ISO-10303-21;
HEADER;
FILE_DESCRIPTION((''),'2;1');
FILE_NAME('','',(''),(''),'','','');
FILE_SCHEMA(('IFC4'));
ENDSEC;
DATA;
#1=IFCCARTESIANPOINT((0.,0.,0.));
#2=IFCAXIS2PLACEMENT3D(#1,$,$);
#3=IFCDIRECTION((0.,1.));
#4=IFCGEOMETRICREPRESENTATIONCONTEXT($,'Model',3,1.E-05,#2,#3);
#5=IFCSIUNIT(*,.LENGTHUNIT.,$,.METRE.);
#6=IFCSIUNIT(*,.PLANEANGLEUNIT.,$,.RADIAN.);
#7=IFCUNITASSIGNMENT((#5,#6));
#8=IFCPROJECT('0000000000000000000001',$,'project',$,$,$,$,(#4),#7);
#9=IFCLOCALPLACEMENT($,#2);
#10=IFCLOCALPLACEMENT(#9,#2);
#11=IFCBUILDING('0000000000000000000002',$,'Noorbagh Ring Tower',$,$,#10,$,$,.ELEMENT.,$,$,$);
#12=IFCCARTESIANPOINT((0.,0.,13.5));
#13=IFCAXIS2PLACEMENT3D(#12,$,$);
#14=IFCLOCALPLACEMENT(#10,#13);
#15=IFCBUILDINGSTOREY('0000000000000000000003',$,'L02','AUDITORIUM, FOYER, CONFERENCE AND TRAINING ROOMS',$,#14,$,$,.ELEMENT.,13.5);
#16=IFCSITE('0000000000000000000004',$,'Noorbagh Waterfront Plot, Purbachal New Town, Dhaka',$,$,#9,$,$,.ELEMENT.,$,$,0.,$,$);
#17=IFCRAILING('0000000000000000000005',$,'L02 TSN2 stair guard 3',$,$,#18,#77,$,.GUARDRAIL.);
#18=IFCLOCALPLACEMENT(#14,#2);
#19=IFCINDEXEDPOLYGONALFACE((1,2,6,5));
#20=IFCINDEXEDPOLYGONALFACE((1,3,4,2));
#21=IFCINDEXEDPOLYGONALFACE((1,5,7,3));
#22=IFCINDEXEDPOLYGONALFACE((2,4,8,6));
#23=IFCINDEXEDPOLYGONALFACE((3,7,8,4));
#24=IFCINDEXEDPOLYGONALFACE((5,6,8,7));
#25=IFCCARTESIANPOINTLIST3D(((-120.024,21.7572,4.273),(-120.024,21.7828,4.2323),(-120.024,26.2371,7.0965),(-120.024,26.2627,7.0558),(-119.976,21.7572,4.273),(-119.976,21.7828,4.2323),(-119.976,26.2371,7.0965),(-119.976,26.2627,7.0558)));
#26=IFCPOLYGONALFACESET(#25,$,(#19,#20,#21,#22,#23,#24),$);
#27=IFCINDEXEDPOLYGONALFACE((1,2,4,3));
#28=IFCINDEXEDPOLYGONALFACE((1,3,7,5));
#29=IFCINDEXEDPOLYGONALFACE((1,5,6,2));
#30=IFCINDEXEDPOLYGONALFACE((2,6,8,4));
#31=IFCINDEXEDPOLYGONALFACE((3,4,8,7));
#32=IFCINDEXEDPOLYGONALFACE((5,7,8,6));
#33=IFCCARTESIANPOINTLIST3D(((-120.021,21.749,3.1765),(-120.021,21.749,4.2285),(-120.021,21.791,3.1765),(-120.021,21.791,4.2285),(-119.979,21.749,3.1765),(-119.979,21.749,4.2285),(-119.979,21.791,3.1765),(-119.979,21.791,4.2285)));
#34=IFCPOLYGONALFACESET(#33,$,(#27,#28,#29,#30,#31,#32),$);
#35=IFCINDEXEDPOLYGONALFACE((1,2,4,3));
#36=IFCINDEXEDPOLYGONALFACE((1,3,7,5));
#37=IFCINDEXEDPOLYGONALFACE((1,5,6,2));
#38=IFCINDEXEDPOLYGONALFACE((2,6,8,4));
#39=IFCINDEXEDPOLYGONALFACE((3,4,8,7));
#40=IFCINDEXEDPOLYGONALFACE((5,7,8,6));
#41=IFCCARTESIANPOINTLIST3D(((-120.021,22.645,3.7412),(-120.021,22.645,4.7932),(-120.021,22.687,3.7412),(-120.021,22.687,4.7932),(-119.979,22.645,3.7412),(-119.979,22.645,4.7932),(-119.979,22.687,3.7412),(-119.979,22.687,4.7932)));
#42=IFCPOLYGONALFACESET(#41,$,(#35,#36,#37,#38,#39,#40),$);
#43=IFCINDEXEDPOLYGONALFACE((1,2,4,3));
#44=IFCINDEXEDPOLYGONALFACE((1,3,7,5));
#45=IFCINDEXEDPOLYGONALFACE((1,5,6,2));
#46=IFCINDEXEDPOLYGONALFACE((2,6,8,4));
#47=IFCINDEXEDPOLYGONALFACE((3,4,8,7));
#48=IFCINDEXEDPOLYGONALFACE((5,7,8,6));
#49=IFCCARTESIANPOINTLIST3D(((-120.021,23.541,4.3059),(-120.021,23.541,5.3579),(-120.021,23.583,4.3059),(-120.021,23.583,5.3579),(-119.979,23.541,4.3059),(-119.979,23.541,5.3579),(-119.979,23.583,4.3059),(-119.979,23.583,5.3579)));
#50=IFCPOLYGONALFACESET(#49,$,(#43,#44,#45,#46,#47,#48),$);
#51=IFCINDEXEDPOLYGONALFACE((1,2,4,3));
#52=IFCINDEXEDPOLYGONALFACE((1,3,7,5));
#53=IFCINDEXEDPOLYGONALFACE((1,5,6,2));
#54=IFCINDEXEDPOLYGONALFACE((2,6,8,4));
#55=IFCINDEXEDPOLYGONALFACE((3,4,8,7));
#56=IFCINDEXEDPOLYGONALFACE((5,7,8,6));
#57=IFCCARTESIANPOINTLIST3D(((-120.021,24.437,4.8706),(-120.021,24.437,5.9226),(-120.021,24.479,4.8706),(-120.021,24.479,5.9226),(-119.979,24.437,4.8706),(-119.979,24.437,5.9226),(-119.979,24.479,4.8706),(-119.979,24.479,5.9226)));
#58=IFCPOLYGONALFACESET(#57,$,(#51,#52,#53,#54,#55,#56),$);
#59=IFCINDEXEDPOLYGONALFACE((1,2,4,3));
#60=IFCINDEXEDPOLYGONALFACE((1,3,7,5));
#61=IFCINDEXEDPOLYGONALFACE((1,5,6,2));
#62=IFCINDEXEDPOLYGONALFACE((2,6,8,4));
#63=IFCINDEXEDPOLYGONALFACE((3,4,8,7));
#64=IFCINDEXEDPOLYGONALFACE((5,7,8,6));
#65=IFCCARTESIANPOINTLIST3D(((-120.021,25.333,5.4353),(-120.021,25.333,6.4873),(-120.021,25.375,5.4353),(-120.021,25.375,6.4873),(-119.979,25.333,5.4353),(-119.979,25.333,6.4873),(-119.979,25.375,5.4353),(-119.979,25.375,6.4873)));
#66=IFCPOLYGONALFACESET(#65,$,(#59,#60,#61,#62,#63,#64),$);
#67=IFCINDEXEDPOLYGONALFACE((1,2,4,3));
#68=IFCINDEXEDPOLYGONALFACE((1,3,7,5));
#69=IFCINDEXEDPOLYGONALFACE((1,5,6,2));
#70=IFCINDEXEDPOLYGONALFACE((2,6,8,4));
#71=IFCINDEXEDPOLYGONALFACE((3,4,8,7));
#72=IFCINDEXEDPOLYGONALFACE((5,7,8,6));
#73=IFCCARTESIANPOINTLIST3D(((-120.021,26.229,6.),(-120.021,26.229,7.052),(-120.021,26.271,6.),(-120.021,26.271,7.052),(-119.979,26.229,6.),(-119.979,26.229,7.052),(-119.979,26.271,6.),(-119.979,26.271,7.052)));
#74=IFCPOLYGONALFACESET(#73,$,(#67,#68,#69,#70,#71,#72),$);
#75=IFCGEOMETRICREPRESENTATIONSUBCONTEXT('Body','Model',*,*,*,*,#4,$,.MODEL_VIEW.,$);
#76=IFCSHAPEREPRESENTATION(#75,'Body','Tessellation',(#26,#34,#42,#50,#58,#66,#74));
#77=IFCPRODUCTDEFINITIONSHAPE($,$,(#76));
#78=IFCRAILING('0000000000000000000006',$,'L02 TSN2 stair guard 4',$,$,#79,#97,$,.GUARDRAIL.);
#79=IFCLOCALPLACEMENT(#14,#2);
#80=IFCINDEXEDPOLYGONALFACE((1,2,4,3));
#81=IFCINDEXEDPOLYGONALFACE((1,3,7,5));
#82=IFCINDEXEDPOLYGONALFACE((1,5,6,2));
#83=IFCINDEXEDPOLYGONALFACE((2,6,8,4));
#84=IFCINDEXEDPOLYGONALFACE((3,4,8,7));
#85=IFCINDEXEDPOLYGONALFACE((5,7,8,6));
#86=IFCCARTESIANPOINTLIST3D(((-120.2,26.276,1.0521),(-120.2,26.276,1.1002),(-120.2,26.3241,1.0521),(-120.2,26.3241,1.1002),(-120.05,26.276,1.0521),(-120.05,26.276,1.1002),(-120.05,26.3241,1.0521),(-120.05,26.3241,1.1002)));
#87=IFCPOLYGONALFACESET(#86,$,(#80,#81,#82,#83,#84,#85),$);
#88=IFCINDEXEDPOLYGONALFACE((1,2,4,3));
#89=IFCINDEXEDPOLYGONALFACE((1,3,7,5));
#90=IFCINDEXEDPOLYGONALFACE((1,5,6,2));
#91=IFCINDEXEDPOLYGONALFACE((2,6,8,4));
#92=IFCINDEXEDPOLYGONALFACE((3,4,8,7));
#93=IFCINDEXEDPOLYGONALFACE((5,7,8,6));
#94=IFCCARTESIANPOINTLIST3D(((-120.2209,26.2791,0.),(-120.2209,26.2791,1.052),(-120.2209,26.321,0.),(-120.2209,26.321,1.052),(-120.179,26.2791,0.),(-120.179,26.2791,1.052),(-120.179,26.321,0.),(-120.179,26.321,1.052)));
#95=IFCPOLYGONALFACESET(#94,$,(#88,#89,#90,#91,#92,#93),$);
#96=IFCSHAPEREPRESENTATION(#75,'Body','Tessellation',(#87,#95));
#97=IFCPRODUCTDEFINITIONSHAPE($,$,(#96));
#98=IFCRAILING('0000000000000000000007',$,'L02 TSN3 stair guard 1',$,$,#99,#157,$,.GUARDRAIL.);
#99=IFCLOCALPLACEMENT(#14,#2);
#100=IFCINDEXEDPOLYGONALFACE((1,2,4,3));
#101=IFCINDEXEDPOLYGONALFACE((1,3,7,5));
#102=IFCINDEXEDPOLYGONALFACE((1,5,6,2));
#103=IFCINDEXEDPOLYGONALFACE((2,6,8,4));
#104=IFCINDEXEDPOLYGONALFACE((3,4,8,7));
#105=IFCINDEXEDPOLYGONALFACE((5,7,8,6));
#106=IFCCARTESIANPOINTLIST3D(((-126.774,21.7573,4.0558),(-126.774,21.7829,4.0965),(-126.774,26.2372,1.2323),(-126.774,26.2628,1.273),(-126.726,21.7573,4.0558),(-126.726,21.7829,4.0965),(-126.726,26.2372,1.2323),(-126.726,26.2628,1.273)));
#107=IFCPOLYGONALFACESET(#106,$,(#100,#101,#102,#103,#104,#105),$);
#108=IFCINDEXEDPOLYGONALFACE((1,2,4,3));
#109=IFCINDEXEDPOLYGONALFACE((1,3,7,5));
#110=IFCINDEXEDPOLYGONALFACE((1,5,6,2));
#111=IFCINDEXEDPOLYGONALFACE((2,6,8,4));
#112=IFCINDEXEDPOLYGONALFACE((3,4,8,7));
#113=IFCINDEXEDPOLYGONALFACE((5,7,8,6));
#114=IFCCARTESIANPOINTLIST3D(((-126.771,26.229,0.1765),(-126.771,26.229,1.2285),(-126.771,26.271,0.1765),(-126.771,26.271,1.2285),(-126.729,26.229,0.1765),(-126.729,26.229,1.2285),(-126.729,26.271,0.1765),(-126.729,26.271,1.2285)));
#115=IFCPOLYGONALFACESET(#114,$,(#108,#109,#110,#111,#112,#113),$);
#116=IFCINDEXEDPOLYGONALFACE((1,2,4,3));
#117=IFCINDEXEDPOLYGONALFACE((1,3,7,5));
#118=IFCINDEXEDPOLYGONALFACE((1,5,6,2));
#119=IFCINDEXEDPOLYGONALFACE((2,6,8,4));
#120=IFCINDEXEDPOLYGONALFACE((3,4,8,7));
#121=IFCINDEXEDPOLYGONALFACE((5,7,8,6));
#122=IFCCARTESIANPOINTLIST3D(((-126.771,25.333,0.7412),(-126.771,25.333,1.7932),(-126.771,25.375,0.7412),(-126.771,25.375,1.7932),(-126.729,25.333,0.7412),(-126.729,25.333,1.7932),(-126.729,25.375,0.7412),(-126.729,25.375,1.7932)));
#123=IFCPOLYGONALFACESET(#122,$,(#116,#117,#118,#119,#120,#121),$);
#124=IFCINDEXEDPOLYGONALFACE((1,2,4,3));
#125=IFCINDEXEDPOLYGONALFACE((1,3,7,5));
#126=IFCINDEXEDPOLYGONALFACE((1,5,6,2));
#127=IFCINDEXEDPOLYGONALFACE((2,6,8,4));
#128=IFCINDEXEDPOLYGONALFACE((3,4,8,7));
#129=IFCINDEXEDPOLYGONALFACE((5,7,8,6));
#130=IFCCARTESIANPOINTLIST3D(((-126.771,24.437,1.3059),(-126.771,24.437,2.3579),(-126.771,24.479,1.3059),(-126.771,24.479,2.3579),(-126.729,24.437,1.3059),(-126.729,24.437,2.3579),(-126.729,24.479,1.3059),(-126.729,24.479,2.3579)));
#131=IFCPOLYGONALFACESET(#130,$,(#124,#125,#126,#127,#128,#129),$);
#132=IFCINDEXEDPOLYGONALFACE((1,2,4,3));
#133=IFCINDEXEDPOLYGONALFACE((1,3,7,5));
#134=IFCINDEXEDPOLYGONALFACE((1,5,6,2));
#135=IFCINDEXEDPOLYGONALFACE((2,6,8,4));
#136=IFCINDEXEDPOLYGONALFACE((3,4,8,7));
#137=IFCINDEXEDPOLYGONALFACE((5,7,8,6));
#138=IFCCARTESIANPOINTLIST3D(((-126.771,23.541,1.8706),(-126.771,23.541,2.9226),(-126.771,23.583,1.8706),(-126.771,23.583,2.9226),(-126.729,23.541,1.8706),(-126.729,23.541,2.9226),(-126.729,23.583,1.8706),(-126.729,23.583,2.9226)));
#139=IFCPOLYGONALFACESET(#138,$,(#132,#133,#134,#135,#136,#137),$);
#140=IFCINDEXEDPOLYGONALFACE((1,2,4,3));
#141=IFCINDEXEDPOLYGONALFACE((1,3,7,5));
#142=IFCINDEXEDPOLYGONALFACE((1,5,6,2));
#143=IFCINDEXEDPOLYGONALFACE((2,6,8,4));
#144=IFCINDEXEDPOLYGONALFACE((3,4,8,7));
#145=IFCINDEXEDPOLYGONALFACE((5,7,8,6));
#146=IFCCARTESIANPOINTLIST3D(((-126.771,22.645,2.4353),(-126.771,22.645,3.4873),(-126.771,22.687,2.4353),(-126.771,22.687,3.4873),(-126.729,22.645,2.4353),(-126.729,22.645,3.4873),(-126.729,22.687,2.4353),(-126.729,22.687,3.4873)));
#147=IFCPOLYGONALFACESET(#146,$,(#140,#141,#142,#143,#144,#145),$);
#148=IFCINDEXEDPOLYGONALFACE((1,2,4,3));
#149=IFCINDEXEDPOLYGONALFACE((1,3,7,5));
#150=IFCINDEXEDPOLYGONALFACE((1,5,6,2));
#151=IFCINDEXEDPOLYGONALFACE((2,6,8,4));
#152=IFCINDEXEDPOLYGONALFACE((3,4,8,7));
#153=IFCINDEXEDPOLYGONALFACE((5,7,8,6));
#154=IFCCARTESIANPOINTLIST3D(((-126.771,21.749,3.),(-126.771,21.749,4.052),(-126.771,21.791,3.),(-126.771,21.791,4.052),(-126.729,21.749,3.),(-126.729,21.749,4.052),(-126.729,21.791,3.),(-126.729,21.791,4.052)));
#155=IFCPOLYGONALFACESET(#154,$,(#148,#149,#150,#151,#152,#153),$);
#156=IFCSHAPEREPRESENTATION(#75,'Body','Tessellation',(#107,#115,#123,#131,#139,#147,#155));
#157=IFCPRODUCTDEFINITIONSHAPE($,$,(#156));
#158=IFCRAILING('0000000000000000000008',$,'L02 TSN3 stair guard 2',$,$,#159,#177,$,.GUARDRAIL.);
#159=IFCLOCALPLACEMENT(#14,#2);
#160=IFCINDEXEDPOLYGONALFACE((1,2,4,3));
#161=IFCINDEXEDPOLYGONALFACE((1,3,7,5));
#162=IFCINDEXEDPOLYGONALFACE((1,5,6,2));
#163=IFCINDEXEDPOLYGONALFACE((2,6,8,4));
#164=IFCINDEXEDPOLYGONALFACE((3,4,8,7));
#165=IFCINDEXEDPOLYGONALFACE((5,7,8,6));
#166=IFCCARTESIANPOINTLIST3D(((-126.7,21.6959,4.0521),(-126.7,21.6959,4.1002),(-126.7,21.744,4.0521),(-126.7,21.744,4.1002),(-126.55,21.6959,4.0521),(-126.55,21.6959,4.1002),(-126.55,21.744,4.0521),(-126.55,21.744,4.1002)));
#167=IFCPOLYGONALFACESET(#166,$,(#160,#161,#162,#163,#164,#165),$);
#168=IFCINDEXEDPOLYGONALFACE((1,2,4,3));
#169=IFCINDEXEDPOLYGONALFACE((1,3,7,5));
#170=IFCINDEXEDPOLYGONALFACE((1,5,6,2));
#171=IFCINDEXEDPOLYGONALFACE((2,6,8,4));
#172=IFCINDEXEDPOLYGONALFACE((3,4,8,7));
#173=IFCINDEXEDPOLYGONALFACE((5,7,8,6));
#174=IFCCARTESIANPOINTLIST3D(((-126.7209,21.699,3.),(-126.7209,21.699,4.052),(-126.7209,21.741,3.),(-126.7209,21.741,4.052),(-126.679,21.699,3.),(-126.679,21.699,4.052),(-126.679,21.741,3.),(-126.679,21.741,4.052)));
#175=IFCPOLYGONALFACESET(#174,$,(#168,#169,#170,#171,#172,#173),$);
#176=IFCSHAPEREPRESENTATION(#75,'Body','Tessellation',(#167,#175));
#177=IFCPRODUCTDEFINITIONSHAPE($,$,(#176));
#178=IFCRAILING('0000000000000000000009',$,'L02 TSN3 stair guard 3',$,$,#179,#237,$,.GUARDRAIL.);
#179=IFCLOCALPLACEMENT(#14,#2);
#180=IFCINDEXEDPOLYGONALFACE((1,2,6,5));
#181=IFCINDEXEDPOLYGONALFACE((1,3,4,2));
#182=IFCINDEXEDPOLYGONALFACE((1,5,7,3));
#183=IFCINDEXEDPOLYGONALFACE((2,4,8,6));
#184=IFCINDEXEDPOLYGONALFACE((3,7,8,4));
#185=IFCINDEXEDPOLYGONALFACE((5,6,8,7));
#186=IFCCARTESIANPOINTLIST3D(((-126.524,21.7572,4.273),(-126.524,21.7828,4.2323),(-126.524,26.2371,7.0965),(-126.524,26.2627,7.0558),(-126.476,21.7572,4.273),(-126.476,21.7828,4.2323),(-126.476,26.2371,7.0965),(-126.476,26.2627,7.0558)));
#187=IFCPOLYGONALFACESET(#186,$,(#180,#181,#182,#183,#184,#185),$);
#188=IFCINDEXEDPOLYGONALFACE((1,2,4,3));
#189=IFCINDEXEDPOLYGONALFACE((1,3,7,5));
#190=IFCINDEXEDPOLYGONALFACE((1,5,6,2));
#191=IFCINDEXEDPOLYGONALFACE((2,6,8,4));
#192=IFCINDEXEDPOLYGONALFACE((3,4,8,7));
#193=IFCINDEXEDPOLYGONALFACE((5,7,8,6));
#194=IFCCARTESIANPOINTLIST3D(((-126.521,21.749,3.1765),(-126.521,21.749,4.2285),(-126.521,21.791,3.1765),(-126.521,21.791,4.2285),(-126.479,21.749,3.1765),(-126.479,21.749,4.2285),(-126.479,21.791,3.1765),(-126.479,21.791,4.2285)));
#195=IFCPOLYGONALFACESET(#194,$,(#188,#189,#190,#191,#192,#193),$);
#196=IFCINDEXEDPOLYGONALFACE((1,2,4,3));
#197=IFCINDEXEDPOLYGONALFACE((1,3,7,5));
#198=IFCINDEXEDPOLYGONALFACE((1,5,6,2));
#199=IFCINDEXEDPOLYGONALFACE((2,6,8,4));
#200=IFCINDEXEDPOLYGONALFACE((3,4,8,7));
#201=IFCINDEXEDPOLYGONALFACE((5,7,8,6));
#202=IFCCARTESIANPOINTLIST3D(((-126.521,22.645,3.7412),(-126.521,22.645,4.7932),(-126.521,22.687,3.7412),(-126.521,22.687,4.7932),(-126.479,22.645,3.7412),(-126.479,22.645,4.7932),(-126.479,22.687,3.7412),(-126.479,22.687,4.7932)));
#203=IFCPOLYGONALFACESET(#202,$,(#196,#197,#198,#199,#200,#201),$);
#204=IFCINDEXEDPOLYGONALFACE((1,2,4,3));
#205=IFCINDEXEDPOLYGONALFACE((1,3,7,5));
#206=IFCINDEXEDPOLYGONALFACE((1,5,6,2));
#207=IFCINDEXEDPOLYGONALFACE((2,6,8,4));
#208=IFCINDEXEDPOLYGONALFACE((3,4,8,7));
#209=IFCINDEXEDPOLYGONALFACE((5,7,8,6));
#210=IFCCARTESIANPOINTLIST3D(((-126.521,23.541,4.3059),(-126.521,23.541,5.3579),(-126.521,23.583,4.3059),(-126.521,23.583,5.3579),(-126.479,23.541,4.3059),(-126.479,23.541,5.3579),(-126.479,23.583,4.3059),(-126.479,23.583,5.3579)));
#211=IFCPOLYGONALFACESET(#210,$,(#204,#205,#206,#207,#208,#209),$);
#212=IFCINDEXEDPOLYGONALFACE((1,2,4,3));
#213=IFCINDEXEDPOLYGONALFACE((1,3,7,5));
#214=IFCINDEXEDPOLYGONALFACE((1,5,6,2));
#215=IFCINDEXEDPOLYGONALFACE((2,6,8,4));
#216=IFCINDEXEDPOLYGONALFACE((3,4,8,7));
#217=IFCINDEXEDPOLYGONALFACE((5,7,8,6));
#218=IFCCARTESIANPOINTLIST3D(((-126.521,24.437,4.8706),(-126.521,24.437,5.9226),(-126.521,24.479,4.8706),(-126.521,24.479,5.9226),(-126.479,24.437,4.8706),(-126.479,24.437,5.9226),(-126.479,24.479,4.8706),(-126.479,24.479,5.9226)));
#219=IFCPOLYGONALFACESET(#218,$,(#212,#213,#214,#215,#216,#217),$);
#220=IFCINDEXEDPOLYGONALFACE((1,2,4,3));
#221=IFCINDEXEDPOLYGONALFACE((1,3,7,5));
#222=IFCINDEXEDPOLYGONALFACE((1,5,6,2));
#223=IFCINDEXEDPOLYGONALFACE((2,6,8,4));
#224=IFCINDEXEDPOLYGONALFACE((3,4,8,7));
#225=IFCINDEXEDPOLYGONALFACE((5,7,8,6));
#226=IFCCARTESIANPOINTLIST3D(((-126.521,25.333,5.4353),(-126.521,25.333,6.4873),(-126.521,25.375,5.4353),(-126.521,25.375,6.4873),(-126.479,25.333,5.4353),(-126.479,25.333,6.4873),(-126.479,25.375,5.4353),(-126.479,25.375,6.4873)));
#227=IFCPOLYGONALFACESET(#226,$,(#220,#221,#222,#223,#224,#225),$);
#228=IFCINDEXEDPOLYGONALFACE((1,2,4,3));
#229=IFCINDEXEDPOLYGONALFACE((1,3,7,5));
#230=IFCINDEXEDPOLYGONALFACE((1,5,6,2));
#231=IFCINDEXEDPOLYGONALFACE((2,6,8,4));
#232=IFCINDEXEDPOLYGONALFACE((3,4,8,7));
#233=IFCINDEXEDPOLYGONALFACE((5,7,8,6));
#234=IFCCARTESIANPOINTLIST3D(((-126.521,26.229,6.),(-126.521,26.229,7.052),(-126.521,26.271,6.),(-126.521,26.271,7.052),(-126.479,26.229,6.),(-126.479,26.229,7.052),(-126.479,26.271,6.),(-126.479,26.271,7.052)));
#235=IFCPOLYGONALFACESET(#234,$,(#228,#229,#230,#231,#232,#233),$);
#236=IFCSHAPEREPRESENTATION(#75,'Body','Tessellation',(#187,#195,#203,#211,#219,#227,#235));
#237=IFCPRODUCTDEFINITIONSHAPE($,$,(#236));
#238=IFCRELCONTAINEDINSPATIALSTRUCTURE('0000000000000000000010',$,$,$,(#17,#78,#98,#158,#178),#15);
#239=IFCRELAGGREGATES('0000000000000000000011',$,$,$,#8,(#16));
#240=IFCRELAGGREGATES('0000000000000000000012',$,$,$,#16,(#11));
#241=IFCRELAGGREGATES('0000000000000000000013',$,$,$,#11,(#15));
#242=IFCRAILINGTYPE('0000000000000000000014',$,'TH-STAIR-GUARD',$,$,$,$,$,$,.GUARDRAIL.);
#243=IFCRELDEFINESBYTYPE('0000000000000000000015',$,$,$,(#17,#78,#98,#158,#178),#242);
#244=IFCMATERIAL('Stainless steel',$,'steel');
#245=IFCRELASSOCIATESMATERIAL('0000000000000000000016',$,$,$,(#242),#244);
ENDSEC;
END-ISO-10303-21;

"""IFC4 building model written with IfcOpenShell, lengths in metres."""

from ifc_helpers import new_model, si_unit, direction, frame, origin, origin_2d, place, context, subcontext, project, spatial, rectangle, extrude, material, type_object, element, save


model = new_model("IFC4")

# Units and contexts
model_context = context("Model", 3, precision=1e-05, world=origin(), true_north=direction((0.0, 1.0)))
body_context = subcontext(model_context, "Body", "Model", "MODEL_VIEW")
ifc_project = project(units=[si_unit("LENGTHUNIT", "METRE"), si_unit("PLANEANGLEUNIT", "RADIAN")], contexts=[model_context])

# Site, building, storey
site_placement = place(None, origin())
site = spatial("IfcSite", under=ifc_project, at=site_placement, Name="Noorbagh Waterfront Plot, Purbachal New Town, Dhaka", CompositionType="ELEMENT", RefElevation=0.0)
building_placement = place(site_placement, origin())
building = spatial("IfcBuilding", under=site, at=building_placement, Name="Noorbagh Ring Tower", CompositionType="ELEMENT")
storey_placement = place(building_placement, frame((0.0, 0.0, 13.5)))
storey = spatial("IfcBuildingStorey", under=building, at=storey_placement, Name="L02", Description="AUDITORIUM, FOYER, CONFERENCE AND TRAINING ROOMS", CompositionType="ELEMENT", Elevation=13.5)

# Railings
ifc_material_1 = material(Name="Stainless steel", Category="steel")
railing_type_1 = type_object("IfcRailingType", Name="TH-STAIR-GUARD", PredefinedType="GUARDRAIL", material=ifc_material_1)
railing_1_placement = place(storey_placement, frame((-120.0, 21.77, 3.1765)))
element("IfcRailing", 1, at=railing_1_placement, inside=storey, type_object=railing_type_1, Name="L02 TSN2 stair guard 3", PredefinedType="GUARDRAIL", context=body_context, shape_type="SweptSolid", body=[
    extrude(rectangle(XDim=0.0481, YDim=0.0481, at=origin_2d()), frame((0.0, 0.0, 1.0762), z_axis=(0.0, 0.845998, 0.533186), x_axis=(-1.0, 0.0, 0.0)), (0.0, 0.0, 1.0), 5.2954),
    extrude(rectangle(XDim=0.042, YDim=0.042, at=origin_2d()), origin(), (0.0, 0.0, 1.0), 1.052),
    extrude(rectangle(XDim=0.042, YDim=0.042, at=origin_2d()), frame((0.0, 0.896, 0.5647)), (0.0, 0.0, 1.0), 1.052),
    extrude(rectangle(XDim=0.042, YDim=0.042, at=origin_2d()), frame((0.0, 1.792, 1.1294)), (0.0, 0.0, 1.0), 1.052),
    extrude(rectangle(XDim=0.042, YDim=0.042, at=origin_2d()), frame((0.0, 2.688, 1.6941)), (0.0, 0.0, 1.0), 1.052),
    extrude(rectangle(XDim=0.042, YDim=0.042, at=origin_2d()), frame((0.0, 3.584, 2.2588)), (0.0, 0.0, 1.0), 1.052),
    extrude(rectangle(XDim=0.042, YDim=0.042, at=origin_2d()), frame((0.0, 4.48, 2.8235)), (0.0, 0.0, 1.0), 1.052),
])
railing_2_placement = place(storey_placement, frame((-120.2, 26.3, 0.0)))
element("IfcRailing", 2, at=railing_2_placement, inside=storey, type_object=railing_type_1, Name="L02 TSN2 stair guard 4", PredefinedType="GUARDRAIL", context=body_context, shape_type="SweptSolid", body=[
    extrude(rectangle(XDim=0.0481, YDim=0.0481, at=origin_2d()), frame((0.0, 0.0, 1.0762), z_axis=(1.0, 0.0, 0.0), x_axis=(0.0, 1.0, 0.0)), (0.0, 0.0, 1.0), 0.1499),
    extrude(rectangle(XDim=0.042, YDim=0.042, at=origin_2d()), origin(), (0.0, 0.0, 1.0), 1.052),
])
railing_3_placement = place(storey_placement, frame((-126.75, 26.25, 0.1765)))
element("IfcRailing", 3, at=railing_3_placement, inside=storey, type_object=railing_type_1, Name="L02 TSN3 stair guard 1", PredefinedType="GUARDRAIL", context=body_context, shape_type="SweptSolid", body=[
    extrude(rectangle(XDim=0.0481, YDim=0.0481, at=origin_2d()), frame((0.0, 0.0, 1.0762), z_axis=(0.0, -0.845998, 0.533186), x_axis=(1.0, 0.0, 0.0)), (0.0, 0.0, 1.0), 5.2954),
    extrude(rectangle(XDim=0.042, YDim=0.042, at=origin_2d()), origin(), (0.0, 0.0, 1.0), 1.052),
    extrude(rectangle(XDim=0.042, YDim=0.042, at=origin_2d()), frame((0.0, -0.896, 0.5647)), (0.0, 0.0, 1.0), 1.052),
    extrude(rectangle(XDim=0.042, YDim=0.042, at=origin_2d()), frame((0.0, -1.792, 1.1294)), (0.0, 0.0, 1.0), 1.052),
    extrude(rectangle(XDim=0.042, YDim=0.042, at=origin_2d()), frame((0.0, -2.688, 1.6941)), (0.0, 0.0, 1.0), 1.052),
    extrude(rectangle(XDim=0.042, YDim=0.042, at=origin_2d()), frame((0.0, -3.584, 2.2588)), (0.0, 0.0, 1.0), 1.052),
    extrude(rectangle(XDim=0.042, YDim=0.042, at=origin_2d()), frame((0.0, -4.48, 2.8235)), (0.0, 0.0, 1.0), 1.052),
])
railing_4_placement = place(storey_placement, frame((-126.7, 21.72, 3.0)))
element("IfcRailing", 4, at=railing_4_placement, inside=storey, type_object=railing_type_1, Name="L02 TSN3 stair guard 2", PredefinedType="GUARDRAIL", context=body_context, shape_type="SweptSolid", body=[
    extrude(rectangle(XDim=0.0481, YDim=0.0481, at=origin_2d()), frame((0.0, 0.0, 1.0762), z_axis=(1.0, 0.0, 0.0), x_axis=(0.0, 1.0, 0.0)), (0.0, 0.0, 1.0), 0.1499),
    extrude(rectangle(XDim=0.042, YDim=0.042, at=origin_2d()), origin(), (0.0, 0.0, 1.0), 1.052),
])
railing_5_placement = place(storey_placement, frame((-126.5, 21.77, 3.1765)))
element("IfcRailing", 5, at=railing_5_placement, inside=storey, type_object=railing_type_1, Name="L02 TSN3 stair guard 3", PredefinedType="GUARDRAIL", context=body_context, shape_type="SweptSolid", body=[
    extrude(rectangle(XDim=0.0481, YDim=0.0481, at=origin_2d()), frame((0.0, 0.0, 1.0762), z_axis=(0.0, 0.845998, 0.533186), x_axis=(-1.0, 0.0, 0.0)), (0.0, 0.0, 1.0), 5.2954),
    extrude(rectangle(XDim=0.042, YDim=0.042, at=origin_2d()), origin(), (0.0, 0.0, 1.0), 1.052),
    extrude(rectangle(XDim=0.042, YDim=0.042, at=origin_2d()), frame((0.0, 0.896, 0.5647)), (0.0, 0.0, 1.0), 1.052),
    extrude(rectangle(XDim=0.042, YDim=0.042, at=origin_2d()), frame((0.0, 1.792, 1.1294)), (0.0, 0.0, 1.0), 1.052),
    extrude(rectangle(XDim=0.042, YDim=0.042, at=origin_2d()), frame((0.0, 2.688, 1.6941)), (0.0, 0.0, 1.0), 1.052),
    extrude(rectangle(XDim=0.042, YDim=0.042, at=origin_2d()), frame((0.0, 3.584, 2.2588)), (0.0, 0.0, 1.0), 1.052),
    extrude(rectangle(XDim=0.042, YDim=0.042, at=origin_2d()), frame((0.0, 4.48, 2.8235)), (0.0, 0.0, 1.0), 1.052),
])

save(model, "model.ifc")
